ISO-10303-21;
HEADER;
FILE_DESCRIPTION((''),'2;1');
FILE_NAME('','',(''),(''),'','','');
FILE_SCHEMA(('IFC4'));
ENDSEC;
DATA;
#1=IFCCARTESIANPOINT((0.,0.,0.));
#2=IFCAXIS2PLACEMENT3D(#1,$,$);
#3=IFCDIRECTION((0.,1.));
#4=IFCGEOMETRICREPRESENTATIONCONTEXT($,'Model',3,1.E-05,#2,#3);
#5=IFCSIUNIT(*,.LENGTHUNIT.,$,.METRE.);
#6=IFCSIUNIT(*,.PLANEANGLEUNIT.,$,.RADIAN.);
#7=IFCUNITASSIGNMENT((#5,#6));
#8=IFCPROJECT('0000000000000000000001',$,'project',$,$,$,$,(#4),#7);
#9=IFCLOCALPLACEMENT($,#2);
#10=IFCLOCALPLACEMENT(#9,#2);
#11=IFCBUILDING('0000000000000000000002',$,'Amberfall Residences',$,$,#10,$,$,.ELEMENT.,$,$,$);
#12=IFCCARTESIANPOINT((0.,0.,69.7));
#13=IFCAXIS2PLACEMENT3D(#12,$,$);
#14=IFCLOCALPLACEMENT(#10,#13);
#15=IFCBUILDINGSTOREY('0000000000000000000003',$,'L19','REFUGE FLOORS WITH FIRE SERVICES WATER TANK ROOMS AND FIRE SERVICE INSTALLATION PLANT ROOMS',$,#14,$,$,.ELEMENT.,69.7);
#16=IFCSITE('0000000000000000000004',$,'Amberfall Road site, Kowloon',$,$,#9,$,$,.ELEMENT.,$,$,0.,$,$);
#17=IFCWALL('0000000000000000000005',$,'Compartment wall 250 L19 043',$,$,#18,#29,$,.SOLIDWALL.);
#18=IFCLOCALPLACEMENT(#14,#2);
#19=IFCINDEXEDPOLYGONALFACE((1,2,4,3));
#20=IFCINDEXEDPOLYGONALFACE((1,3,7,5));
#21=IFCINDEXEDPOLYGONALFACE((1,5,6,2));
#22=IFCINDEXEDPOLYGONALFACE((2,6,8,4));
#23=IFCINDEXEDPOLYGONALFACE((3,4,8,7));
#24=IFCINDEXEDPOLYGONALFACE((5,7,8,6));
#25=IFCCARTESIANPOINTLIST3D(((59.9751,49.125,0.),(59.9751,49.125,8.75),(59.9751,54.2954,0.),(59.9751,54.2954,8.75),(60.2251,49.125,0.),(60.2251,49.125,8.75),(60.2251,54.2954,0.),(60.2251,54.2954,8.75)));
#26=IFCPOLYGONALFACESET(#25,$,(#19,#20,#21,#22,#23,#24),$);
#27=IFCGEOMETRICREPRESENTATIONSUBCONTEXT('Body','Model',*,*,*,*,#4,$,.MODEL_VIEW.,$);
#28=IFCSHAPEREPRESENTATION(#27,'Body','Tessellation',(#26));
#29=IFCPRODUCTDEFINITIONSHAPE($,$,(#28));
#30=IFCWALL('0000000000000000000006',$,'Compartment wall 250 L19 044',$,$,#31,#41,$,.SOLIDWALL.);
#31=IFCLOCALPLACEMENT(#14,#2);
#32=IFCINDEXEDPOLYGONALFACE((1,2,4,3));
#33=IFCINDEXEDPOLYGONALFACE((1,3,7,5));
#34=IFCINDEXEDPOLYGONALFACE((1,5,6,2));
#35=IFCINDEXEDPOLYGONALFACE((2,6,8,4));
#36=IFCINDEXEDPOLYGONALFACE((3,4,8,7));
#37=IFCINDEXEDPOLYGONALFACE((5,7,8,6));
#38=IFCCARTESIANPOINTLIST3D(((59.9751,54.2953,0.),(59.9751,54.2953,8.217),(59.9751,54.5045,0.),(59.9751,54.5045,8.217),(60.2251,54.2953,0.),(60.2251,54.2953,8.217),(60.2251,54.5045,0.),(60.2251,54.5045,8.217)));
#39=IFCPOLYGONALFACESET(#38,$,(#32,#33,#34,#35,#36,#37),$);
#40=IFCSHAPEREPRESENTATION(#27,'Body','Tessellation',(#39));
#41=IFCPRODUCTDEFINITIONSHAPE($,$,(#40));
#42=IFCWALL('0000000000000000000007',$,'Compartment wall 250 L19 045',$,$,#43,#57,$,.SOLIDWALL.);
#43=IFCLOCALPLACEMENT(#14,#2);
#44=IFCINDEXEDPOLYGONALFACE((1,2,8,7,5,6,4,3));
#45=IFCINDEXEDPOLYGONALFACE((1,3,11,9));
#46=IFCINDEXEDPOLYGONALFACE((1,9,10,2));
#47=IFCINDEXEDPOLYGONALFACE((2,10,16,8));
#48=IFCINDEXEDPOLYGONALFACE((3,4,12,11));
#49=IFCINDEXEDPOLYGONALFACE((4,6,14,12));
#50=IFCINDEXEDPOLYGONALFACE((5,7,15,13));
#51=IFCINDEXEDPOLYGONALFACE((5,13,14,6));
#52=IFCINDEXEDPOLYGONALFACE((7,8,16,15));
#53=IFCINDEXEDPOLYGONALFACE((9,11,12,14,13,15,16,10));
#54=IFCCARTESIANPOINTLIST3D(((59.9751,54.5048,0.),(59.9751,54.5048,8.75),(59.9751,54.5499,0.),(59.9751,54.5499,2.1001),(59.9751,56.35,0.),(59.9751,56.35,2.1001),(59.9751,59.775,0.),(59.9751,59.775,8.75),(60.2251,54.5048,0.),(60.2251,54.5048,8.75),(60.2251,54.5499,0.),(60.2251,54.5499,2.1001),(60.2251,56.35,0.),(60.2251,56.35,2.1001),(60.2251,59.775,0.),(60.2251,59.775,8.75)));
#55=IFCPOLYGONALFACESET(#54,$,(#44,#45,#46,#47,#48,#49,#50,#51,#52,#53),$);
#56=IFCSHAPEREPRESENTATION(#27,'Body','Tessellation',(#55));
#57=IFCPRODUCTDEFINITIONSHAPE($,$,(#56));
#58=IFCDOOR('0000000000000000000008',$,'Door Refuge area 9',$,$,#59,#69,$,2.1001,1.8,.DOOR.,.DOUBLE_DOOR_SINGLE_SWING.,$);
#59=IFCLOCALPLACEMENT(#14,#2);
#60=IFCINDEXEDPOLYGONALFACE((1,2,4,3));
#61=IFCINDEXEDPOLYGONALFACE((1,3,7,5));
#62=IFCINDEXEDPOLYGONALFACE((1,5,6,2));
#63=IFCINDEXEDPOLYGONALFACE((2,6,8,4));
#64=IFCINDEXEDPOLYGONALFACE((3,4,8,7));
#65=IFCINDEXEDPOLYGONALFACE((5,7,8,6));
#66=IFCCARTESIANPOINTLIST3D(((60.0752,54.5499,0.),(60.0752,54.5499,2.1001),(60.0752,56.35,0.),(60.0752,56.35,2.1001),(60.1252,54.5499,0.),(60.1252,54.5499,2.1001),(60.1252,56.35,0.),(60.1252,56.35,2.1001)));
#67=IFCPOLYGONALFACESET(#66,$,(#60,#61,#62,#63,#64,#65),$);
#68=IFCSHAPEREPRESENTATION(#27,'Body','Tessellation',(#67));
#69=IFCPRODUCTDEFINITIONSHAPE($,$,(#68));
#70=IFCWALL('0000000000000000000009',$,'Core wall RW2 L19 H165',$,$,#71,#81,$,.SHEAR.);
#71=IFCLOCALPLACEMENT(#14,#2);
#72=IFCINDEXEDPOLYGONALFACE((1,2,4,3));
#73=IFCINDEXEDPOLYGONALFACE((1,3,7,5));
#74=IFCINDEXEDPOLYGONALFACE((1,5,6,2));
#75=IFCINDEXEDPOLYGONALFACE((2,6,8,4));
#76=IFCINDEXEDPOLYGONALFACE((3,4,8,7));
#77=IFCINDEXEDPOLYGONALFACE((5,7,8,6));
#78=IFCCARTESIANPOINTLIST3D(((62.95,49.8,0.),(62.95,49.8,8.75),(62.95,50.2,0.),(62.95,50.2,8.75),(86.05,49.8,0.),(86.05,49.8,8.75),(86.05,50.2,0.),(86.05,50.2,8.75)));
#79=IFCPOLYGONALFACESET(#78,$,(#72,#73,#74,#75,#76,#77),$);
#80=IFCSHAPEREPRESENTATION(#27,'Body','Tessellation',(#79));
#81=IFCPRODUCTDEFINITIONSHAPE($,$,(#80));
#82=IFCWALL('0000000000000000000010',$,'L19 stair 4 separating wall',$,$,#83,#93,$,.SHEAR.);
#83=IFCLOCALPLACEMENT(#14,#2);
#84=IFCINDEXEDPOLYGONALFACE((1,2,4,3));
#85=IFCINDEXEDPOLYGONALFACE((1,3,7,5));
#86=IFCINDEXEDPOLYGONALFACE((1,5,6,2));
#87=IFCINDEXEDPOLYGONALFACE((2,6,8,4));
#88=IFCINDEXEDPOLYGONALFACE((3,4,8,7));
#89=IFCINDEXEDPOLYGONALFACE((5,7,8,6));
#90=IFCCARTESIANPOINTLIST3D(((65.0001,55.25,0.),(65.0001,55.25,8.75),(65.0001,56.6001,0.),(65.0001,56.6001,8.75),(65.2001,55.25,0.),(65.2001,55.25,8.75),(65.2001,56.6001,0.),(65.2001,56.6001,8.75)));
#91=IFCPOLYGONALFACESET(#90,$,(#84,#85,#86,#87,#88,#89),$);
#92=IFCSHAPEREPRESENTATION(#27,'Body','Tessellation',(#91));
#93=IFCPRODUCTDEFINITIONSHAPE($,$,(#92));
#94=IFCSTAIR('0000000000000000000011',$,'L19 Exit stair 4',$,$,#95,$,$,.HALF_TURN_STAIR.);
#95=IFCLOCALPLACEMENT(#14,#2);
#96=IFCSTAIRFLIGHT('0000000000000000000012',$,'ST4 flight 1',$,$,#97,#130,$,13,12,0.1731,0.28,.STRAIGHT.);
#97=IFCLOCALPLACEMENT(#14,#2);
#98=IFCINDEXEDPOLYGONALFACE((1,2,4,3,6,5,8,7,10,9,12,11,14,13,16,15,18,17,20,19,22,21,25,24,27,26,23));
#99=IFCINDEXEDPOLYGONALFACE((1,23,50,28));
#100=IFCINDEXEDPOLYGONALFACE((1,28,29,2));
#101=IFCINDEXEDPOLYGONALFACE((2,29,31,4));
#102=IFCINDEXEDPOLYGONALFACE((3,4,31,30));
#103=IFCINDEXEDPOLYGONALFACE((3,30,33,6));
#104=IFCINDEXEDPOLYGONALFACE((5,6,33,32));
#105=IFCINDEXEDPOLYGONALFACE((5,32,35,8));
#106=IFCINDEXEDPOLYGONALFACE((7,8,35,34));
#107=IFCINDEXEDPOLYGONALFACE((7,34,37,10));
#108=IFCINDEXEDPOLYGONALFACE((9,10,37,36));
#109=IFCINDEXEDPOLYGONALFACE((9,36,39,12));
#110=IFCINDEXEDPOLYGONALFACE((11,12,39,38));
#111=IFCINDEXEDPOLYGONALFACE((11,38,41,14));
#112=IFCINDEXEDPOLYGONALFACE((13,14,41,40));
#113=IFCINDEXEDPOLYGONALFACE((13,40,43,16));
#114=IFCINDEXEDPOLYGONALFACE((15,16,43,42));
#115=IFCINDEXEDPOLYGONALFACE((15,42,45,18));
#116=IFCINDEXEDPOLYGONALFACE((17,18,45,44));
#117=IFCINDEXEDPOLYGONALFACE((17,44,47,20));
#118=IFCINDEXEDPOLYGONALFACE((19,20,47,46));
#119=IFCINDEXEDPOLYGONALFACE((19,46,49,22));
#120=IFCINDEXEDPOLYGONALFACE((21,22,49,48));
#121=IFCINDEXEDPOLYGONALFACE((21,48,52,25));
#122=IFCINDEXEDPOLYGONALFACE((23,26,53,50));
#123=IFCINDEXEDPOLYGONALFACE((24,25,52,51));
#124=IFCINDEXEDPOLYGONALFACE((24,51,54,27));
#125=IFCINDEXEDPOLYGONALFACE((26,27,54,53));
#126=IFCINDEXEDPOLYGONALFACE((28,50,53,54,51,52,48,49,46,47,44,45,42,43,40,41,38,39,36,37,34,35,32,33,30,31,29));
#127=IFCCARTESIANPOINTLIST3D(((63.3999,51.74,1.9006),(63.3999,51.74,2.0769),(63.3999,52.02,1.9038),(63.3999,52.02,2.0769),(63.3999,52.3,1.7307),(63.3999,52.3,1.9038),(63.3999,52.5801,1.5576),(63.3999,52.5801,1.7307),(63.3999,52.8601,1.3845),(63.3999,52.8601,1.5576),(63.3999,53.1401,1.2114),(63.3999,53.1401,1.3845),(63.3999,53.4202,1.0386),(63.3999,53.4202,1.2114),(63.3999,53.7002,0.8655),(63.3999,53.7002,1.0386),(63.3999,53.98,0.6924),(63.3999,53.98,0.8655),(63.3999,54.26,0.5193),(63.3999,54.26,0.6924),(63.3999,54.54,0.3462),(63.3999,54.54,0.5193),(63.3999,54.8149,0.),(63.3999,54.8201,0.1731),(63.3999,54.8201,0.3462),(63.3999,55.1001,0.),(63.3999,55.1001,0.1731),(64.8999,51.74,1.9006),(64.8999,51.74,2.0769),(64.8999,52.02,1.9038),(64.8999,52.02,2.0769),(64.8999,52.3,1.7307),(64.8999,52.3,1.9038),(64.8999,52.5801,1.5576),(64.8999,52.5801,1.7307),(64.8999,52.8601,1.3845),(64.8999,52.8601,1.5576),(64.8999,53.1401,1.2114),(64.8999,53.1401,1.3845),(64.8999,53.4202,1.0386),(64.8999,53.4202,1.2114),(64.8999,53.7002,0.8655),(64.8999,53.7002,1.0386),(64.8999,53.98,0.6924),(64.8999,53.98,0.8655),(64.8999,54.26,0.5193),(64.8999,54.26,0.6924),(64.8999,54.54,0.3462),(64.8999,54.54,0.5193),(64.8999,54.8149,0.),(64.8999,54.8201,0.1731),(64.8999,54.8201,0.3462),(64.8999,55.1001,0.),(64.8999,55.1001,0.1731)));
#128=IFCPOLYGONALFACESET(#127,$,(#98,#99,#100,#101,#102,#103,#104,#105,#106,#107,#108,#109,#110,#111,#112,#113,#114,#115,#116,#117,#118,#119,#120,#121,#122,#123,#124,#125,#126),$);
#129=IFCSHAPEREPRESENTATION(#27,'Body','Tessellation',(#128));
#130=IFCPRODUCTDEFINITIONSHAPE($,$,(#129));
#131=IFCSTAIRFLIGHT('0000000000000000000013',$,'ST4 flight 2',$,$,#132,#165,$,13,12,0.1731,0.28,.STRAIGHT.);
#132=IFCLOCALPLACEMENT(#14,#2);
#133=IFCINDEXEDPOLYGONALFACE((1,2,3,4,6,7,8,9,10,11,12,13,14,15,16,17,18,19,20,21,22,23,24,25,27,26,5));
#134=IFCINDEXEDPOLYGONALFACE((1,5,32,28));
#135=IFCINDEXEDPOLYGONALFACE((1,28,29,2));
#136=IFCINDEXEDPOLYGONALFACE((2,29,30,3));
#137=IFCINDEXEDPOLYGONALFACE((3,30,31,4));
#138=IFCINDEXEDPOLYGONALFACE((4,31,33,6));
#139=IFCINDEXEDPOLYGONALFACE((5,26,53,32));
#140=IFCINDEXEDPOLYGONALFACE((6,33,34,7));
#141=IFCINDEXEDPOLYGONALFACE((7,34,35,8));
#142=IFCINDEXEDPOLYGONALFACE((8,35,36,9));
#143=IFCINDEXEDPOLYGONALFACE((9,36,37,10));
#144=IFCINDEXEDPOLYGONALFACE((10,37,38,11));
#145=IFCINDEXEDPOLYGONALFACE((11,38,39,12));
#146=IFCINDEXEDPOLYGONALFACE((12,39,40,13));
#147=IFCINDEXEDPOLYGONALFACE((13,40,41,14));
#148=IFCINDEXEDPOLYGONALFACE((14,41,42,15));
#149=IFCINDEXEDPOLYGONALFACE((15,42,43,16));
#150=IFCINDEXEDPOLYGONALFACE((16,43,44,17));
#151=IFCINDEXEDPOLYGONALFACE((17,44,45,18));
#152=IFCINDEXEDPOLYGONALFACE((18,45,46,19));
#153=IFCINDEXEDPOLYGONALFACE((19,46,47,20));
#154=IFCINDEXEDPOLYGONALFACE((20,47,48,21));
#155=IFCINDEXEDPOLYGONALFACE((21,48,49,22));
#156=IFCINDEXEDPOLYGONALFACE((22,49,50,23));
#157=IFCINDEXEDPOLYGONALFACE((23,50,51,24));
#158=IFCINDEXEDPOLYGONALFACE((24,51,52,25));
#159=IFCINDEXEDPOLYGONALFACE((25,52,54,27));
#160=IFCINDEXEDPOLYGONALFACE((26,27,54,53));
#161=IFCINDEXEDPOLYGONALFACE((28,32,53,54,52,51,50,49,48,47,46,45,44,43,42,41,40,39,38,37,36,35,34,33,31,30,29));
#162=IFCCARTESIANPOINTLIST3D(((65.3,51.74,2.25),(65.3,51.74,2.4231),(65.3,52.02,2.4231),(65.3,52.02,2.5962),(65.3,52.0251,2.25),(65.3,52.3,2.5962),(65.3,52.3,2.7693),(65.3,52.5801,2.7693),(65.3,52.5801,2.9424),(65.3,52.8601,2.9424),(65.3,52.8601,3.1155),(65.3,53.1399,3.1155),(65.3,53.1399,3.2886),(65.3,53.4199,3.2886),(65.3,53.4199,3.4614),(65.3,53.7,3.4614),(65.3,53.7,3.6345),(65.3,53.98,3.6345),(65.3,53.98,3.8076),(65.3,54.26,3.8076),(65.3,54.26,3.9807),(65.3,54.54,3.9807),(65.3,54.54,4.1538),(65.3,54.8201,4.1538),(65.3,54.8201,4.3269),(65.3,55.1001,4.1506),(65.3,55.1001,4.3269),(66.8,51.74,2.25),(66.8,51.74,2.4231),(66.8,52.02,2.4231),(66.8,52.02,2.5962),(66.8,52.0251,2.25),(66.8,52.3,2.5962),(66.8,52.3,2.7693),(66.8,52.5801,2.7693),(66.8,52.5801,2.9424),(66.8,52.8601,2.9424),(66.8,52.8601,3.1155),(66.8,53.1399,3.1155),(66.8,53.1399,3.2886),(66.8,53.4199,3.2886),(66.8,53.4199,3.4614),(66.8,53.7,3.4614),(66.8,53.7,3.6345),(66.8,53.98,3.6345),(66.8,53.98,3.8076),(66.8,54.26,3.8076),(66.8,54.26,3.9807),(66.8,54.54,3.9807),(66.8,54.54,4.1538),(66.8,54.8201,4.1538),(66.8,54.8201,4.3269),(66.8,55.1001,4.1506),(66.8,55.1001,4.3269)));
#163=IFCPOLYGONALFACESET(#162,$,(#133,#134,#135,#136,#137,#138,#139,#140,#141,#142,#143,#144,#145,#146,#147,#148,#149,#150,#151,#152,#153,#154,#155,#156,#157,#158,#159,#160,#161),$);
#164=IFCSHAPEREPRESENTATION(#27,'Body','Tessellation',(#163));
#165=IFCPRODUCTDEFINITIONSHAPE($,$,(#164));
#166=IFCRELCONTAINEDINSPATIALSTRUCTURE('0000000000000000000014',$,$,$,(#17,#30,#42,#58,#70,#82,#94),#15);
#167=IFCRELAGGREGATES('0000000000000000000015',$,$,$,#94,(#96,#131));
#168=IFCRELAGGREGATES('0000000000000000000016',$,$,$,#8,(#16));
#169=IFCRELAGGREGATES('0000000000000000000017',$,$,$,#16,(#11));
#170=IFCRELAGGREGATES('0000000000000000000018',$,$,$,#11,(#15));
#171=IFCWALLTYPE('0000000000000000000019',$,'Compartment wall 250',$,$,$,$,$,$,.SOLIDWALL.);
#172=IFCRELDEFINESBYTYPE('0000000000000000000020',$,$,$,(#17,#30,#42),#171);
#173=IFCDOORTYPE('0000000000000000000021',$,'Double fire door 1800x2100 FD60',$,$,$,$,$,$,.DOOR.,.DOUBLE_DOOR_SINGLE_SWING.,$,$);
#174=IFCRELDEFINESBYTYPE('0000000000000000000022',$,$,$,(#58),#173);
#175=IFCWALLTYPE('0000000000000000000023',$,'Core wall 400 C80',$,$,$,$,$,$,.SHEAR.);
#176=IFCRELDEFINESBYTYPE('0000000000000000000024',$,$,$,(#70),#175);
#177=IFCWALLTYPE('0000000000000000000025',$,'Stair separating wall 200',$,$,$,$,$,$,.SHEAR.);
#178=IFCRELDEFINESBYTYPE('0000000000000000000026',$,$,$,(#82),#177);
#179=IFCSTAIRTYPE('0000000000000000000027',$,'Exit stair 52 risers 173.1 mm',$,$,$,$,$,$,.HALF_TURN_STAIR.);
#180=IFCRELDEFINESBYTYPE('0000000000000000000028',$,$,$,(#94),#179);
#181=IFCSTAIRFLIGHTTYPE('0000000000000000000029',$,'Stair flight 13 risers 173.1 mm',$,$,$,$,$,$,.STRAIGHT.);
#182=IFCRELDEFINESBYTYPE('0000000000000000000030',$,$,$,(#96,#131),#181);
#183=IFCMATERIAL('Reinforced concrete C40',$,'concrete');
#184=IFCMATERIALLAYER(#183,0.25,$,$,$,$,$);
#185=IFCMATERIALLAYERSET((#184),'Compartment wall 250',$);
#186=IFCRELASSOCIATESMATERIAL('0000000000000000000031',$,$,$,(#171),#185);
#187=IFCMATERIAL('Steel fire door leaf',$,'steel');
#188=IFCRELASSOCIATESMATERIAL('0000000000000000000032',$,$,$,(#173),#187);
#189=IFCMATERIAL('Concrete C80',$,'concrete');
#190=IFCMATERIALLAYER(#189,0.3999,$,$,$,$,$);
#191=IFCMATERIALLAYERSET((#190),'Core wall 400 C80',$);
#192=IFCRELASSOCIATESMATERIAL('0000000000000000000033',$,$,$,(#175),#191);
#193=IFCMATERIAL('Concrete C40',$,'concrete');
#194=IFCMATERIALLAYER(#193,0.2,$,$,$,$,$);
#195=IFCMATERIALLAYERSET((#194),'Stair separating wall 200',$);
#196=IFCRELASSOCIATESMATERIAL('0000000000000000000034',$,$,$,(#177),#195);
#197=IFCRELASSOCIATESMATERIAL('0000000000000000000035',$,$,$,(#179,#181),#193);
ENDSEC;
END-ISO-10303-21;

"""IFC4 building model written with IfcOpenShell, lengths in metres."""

from ifc_helpers import new_model, si_unit, direction, frame, frame_2d, origin, place, context, subcontext, project, spatial, polyline, rectangle, outline, extrude, material, layer, layer_set, type_object, element, fill, aggregate, save


model = new_model("IFC4")

# Units and contexts
model_context = context("Model", 3, precision=1e-05, world=origin(), true_north=direction((0.0, 1.0)))
body_context = subcontext(model_context, "Body", "Model", "MODEL_VIEW")
ifc_project = project(units=[si_unit("LENGTHUNIT", "METRE"), si_unit("PLANEANGLEUNIT", "RADIAN")], contexts=[model_context])

# Site, building, storey
site_placement = place(None, origin())
site = spatial("IfcSite", under=ifc_project, at=site_placement, Name="Amberfall Road site, Kowloon", CompositionType="ELEMENT", RefElevation=0.0)
building_placement = place(site_placement, origin())
building = spatial("IfcBuilding", under=site, at=building_placement, Name="Amberfall Residences", CompositionType="ELEMENT")
storey_placement = place(building_placement, frame((0.0, 0.0, 69.7)))
storey = spatial("IfcBuildingStorey", under=building, at=storey_placement, Name="L19", Description="REFUGE FLOORS WITH FIRE SERVICES WATER TANK ROOMS AND FIRE SERVICE INSTALLATION PLANT ROOMS", CompositionType="ELEMENT", Elevation=69.7)

# Walls
ifc_material_1 = material(Name="Reinforced concrete C40", Category="concrete")
ifc_layer_1 = layer(ifc_material_1, 0.25)
ifc_layer_set_1 = layer_set([ifc_layer_1], Name="Compartment wall 250")
wall_type_1 = type_object("IfcWallType", Name="Compartment wall 250", PredefinedType="SOLIDWALL", material=ifc_layer_set_1)
wall_1_placement = place(storey_placement, frame((60.1001, 49.125, 0.0), z_axis=(0.0, 0.0, 1.0), x_axis=(0.0, 1.0, 0.0)))
element("IfcWall", 1, at=wall_1_placement, inside=storey, type_object=wall_type_1, Name="Compartment wall 250 L19 043", PredefinedType="SOLIDWALL", context=body_context, shape_type="SweptSolid", body=[
    extrude(rectangle(XDim=5.1704, YDim=0.25, at=frame_2d((2.5852, 0.0))), origin(), (0.0, 0.0, 1.0), 8.75),
])
wall_2_placement = place(storey_placement, frame((60.1001, 54.2954, 0.0), z_axis=(0.0, 0.0, 1.0), x_axis=(0.0, 1.0, 0.0)))
element("IfcWall", 2, at=wall_2_placement, inside=storey, type_object=wall_type_1, Name="Compartment wall 250 L19 044", PredefinedType="SOLIDWALL", context=body_context, shape_type="SweptSolid", body=[
    extrude(rectangle(XDim=0.2092, YDim=0.25, at=frame_2d((0.1045, 0.0))), origin(), (0.0, 0.0, 1.0), 8.217),
])

# Wall, opening, door
wall_3_placement = place(storey_placement, frame((60.1001, 54.5046, 0.0), z_axis=(0.0, 0.0, 1.0), x_axis=(0.0, 1.0, 0.0)))
wall_3 = element("IfcWall", 3, at=wall_3_placement, inside=storey, type_object=wall_type_1, Name="Compartment wall 250 L19 045", PredefinedType="SOLIDWALL", context=body_context, shape_type="SweptSolid", body=[
    extrude(rectangle(XDim=5.2703, YDim=0.25, at=frame_2d((2.6353, 0.0))), origin(), (0.0, 0.0, 1.0), 8.75),
])
opening_placement = place(wall_3_placement, frame((0.0454, 0.0, 0.0)))
opening = element("IfcOpeningElement", 4, at=opening_placement, cuts=wall_3, PredefinedType="OPENING", context=body_context, shape_type="SweptSolid", body=[
    extrude(rectangle(XDim=1.8, YDim=2.1001, at=frame_2d((0.8999, 1.05))), frame((0.0, 0.135, 0.0), z_axis=(0.0, -1.0, 0.0), x_axis=(1.0, 0.0, 0.0)), (0.0, 0.0, 1.0), 0.27),
])
ifc_material_2 = material(Name="Steel fire door leaf", Category="steel")
door_type = type_object("IfcDoorType", Name="Double fire door 1800x2100 FD60", OperationType="DOUBLE_DOOR_SINGLE_SWING", PredefinedType="DOOR", material=ifc_material_2)
door_placement = place(opening_placement, origin())
door = element("IfcDoor", 5, at=door_placement, inside=storey, type_object=door_type, Name="Door Refuge area 9", OperationType="DOUBLE_DOOR_SINGLE_SWING", OverallHeight=2.1001, OverallWidth=1.8, PredefinedType="DOOR", context=body_context, shape_type="SweptSolid", body=[
    extrude(rectangle(XDim=1.8, YDim=2.1001, at=frame_2d((0.8999, 1.05))), frame((0.0, 0.0249, 0.0), z_axis=(0.0, -1.0, 0.0), x_axis=(1.0, 0.0, 0.0)), (0.0, 0.0, 1.0), 0.05),
])
fill(opening, door)

# Walls
ifc_material_3 = material(Name="Concrete C80", Category="concrete")
ifc_layer_2 = layer(ifc_material_3, 0.3999)
ifc_layer_set_2 = layer_set([ifc_layer_2], Name="Core wall 400 C80")
wall_type_2 = type_object("IfcWallType", Name="Core wall 400 C80", PredefinedType="SHEAR", material=ifc_layer_set_2)
wall_4_placement = place(storey_placement, frame((62.95, 50.0, 0.0), z_axis=(0.0, 0.0, 1.0), x_axis=(1.0, 0.0, 0.0)))
element("IfcWall", 6, at=wall_4_placement, inside=storey, type_object=wall_type_2, Name="Core wall RW2 L19 H165", PredefinedType="SHEAR", context=body_context, shape_type="SweptSolid", body=[
    extrude(rectangle(XDim=23.1001, YDim=0.3999, at=frame_2d((11.55, 0.0))), origin(), (0.0, 0.0, 1.0), 8.75),
])
ifc_material_4 = material(Name="Concrete C40", Category="concrete")
ifc_layer_3 = layer(ifc_material_4, 0.2)
ifc_layer_set_3 = layer_set([ifc_layer_3], Name="Stair separating wall 200")
wall_type_3 = type_object("IfcWallType", Name="Stair separating wall 200", PredefinedType="SHEAR", material=ifc_layer_set_3)
wall_5_placement = place(storey_placement, frame((65.1001, 56.6001, 0.0), z_axis=(0.0, 0.0, 1.0), x_axis=(0.0, -1.0, 0.0)))
element("IfcWall", 7, at=wall_5_placement, inside=storey, type_object=wall_type_3, Name="L19 stair 4 separating wall", PredefinedType="SHEAR", context=body_context, shape_type="SweptSolid", body=[
    extrude(rectangle(XDim=1.3501, YDim=0.2, at=frame_2d((0.675, 0.0))), origin(), (0.0, 0.0, 1.0), 8.75),
])

# Stair, stair flights
stair_type = type_object("IfcStairType", Name="Exit stair 52 risers 173.1 mm", PredefinedType="HALF_TURN_STAIR", material=ifc_material_4)
stair_placement = place(storey_placement, origin())
stair = element("IfcStair", 8, at=stair_placement, inside=storey, type_object=stair_type, Name="L19 Exit stair 4", PredefinedType="HALF_TURN_STAIR")
stair_flight_type = type_object("IfcStairFlightType", Name="Stair flight 13 risers 173.1 mm", PredefinedType="STRAIGHT", material=ifc_material_4)
stair_flight_1_placement = place(storey_placement, frame((64.1499, 55.1001, 0.0), z_axis=(0.0, 0.0, 1.0), x_axis=(0.0, -1.0, 0.0)))
stair_flight_1 = element("IfcStairFlight", 9, at=stair_flight_1_placement, type_object=stair_flight_type, Name="ST4 flight 1", NumberOfRisers=13, NumberOfTreads=12, PredefinedType="STRAIGHT", RiserHeight=0.1731, TreadLength=0.28, context=body_context, shape_type="SweptSolid", body=[
    extrude(outline(polyline([(0.0, 0.0), (0.0, 0.1731), (0.28, 0.1731), (0.28, 0.3462), (0.5601, 0.3462), (0.5601, 0.5193), (0.8401, 0.5193), (0.8401, 0.6924), (1.1201, 0.6924), (1.1201, 0.8655), (1.3999, 0.8655), (1.3999, 1.0386), (1.6799, 1.0386), (1.6799, 1.2114), (1.96, 1.2114), (1.96, 1.3845), (2.24, 1.3845), (2.24, 1.5576), (2.52, 1.5576), (2.52, 1.7307), (2.8, 1.7307), (2.8, 1.9038), (3.0801, 1.9038), (3.0801, 2.0769), (3.3601, 2.0769), (3.3601, 2.25), (3.3601, 1.9006), (0.2852, 0.0), (0.0, 0.0)])), frame((0.0, 0.75, 0.0), z_axis=(0.0, -1.0, 0.0), x_axis=(1.0, 0.0, 0.0)), (0.0, 0.0, 1.0), 1.5),
])
stair_flight_2_placement = place(storey_placement, frame((66.05, 51.74, 2.25), z_axis=(0.0, 0.0, 1.0), x_axis=(0.0, 1.0, 0.0)))
stair_flight_2 = element("IfcStairFlight", 10, at=stair_flight_2_placement, type_object=stair_flight_type, Name="ST4 flight 2", NumberOfRisers=13, NumberOfTreads=12, PredefinedType="STRAIGHT", RiserHeight=0.1731, TreadLength=0.28, context=body_context, shape_type="SweptSolid", body=[
    extrude(outline(polyline([(0.0, 0.0), (0.0, 0.1731), (0.28, 0.1731), (0.28, 0.3462), (0.5601, 0.3462), (0.5601, 0.5193), (0.8401, 0.5193), (0.8401, 0.6924), (1.1201, 0.6924), (1.1201, 0.8655), (1.3999, 0.8655), (1.3999, 1.0386), (1.6799, 1.0386), (1.6799, 1.2114), (1.96, 1.2114), (1.96, 1.3845), (2.24, 1.3845), (2.24, 1.5576), (2.52, 1.5576), (2.52, 1.7307), (2.8, 1.7307), (2.8, 1.9038), (3.0801, 1.9038), (3.0801, 2.0769), (3.3601, 2.0769), (3.3601, 2.25), (3.3601, 1.9006), (0.2852, 0.0), (0.0, 0.0)])), frame((0.0, 0.75, 0.0), z_axis=(0.0, -1.0, 0.0), x_axis=(1.0, 0.0, 0.0)), (0.0, 0.0, 1.0), 1.5),
])
aggregate(stair, [stair_flight_1, stair_flight_2])

save(model, "model.ifc")
